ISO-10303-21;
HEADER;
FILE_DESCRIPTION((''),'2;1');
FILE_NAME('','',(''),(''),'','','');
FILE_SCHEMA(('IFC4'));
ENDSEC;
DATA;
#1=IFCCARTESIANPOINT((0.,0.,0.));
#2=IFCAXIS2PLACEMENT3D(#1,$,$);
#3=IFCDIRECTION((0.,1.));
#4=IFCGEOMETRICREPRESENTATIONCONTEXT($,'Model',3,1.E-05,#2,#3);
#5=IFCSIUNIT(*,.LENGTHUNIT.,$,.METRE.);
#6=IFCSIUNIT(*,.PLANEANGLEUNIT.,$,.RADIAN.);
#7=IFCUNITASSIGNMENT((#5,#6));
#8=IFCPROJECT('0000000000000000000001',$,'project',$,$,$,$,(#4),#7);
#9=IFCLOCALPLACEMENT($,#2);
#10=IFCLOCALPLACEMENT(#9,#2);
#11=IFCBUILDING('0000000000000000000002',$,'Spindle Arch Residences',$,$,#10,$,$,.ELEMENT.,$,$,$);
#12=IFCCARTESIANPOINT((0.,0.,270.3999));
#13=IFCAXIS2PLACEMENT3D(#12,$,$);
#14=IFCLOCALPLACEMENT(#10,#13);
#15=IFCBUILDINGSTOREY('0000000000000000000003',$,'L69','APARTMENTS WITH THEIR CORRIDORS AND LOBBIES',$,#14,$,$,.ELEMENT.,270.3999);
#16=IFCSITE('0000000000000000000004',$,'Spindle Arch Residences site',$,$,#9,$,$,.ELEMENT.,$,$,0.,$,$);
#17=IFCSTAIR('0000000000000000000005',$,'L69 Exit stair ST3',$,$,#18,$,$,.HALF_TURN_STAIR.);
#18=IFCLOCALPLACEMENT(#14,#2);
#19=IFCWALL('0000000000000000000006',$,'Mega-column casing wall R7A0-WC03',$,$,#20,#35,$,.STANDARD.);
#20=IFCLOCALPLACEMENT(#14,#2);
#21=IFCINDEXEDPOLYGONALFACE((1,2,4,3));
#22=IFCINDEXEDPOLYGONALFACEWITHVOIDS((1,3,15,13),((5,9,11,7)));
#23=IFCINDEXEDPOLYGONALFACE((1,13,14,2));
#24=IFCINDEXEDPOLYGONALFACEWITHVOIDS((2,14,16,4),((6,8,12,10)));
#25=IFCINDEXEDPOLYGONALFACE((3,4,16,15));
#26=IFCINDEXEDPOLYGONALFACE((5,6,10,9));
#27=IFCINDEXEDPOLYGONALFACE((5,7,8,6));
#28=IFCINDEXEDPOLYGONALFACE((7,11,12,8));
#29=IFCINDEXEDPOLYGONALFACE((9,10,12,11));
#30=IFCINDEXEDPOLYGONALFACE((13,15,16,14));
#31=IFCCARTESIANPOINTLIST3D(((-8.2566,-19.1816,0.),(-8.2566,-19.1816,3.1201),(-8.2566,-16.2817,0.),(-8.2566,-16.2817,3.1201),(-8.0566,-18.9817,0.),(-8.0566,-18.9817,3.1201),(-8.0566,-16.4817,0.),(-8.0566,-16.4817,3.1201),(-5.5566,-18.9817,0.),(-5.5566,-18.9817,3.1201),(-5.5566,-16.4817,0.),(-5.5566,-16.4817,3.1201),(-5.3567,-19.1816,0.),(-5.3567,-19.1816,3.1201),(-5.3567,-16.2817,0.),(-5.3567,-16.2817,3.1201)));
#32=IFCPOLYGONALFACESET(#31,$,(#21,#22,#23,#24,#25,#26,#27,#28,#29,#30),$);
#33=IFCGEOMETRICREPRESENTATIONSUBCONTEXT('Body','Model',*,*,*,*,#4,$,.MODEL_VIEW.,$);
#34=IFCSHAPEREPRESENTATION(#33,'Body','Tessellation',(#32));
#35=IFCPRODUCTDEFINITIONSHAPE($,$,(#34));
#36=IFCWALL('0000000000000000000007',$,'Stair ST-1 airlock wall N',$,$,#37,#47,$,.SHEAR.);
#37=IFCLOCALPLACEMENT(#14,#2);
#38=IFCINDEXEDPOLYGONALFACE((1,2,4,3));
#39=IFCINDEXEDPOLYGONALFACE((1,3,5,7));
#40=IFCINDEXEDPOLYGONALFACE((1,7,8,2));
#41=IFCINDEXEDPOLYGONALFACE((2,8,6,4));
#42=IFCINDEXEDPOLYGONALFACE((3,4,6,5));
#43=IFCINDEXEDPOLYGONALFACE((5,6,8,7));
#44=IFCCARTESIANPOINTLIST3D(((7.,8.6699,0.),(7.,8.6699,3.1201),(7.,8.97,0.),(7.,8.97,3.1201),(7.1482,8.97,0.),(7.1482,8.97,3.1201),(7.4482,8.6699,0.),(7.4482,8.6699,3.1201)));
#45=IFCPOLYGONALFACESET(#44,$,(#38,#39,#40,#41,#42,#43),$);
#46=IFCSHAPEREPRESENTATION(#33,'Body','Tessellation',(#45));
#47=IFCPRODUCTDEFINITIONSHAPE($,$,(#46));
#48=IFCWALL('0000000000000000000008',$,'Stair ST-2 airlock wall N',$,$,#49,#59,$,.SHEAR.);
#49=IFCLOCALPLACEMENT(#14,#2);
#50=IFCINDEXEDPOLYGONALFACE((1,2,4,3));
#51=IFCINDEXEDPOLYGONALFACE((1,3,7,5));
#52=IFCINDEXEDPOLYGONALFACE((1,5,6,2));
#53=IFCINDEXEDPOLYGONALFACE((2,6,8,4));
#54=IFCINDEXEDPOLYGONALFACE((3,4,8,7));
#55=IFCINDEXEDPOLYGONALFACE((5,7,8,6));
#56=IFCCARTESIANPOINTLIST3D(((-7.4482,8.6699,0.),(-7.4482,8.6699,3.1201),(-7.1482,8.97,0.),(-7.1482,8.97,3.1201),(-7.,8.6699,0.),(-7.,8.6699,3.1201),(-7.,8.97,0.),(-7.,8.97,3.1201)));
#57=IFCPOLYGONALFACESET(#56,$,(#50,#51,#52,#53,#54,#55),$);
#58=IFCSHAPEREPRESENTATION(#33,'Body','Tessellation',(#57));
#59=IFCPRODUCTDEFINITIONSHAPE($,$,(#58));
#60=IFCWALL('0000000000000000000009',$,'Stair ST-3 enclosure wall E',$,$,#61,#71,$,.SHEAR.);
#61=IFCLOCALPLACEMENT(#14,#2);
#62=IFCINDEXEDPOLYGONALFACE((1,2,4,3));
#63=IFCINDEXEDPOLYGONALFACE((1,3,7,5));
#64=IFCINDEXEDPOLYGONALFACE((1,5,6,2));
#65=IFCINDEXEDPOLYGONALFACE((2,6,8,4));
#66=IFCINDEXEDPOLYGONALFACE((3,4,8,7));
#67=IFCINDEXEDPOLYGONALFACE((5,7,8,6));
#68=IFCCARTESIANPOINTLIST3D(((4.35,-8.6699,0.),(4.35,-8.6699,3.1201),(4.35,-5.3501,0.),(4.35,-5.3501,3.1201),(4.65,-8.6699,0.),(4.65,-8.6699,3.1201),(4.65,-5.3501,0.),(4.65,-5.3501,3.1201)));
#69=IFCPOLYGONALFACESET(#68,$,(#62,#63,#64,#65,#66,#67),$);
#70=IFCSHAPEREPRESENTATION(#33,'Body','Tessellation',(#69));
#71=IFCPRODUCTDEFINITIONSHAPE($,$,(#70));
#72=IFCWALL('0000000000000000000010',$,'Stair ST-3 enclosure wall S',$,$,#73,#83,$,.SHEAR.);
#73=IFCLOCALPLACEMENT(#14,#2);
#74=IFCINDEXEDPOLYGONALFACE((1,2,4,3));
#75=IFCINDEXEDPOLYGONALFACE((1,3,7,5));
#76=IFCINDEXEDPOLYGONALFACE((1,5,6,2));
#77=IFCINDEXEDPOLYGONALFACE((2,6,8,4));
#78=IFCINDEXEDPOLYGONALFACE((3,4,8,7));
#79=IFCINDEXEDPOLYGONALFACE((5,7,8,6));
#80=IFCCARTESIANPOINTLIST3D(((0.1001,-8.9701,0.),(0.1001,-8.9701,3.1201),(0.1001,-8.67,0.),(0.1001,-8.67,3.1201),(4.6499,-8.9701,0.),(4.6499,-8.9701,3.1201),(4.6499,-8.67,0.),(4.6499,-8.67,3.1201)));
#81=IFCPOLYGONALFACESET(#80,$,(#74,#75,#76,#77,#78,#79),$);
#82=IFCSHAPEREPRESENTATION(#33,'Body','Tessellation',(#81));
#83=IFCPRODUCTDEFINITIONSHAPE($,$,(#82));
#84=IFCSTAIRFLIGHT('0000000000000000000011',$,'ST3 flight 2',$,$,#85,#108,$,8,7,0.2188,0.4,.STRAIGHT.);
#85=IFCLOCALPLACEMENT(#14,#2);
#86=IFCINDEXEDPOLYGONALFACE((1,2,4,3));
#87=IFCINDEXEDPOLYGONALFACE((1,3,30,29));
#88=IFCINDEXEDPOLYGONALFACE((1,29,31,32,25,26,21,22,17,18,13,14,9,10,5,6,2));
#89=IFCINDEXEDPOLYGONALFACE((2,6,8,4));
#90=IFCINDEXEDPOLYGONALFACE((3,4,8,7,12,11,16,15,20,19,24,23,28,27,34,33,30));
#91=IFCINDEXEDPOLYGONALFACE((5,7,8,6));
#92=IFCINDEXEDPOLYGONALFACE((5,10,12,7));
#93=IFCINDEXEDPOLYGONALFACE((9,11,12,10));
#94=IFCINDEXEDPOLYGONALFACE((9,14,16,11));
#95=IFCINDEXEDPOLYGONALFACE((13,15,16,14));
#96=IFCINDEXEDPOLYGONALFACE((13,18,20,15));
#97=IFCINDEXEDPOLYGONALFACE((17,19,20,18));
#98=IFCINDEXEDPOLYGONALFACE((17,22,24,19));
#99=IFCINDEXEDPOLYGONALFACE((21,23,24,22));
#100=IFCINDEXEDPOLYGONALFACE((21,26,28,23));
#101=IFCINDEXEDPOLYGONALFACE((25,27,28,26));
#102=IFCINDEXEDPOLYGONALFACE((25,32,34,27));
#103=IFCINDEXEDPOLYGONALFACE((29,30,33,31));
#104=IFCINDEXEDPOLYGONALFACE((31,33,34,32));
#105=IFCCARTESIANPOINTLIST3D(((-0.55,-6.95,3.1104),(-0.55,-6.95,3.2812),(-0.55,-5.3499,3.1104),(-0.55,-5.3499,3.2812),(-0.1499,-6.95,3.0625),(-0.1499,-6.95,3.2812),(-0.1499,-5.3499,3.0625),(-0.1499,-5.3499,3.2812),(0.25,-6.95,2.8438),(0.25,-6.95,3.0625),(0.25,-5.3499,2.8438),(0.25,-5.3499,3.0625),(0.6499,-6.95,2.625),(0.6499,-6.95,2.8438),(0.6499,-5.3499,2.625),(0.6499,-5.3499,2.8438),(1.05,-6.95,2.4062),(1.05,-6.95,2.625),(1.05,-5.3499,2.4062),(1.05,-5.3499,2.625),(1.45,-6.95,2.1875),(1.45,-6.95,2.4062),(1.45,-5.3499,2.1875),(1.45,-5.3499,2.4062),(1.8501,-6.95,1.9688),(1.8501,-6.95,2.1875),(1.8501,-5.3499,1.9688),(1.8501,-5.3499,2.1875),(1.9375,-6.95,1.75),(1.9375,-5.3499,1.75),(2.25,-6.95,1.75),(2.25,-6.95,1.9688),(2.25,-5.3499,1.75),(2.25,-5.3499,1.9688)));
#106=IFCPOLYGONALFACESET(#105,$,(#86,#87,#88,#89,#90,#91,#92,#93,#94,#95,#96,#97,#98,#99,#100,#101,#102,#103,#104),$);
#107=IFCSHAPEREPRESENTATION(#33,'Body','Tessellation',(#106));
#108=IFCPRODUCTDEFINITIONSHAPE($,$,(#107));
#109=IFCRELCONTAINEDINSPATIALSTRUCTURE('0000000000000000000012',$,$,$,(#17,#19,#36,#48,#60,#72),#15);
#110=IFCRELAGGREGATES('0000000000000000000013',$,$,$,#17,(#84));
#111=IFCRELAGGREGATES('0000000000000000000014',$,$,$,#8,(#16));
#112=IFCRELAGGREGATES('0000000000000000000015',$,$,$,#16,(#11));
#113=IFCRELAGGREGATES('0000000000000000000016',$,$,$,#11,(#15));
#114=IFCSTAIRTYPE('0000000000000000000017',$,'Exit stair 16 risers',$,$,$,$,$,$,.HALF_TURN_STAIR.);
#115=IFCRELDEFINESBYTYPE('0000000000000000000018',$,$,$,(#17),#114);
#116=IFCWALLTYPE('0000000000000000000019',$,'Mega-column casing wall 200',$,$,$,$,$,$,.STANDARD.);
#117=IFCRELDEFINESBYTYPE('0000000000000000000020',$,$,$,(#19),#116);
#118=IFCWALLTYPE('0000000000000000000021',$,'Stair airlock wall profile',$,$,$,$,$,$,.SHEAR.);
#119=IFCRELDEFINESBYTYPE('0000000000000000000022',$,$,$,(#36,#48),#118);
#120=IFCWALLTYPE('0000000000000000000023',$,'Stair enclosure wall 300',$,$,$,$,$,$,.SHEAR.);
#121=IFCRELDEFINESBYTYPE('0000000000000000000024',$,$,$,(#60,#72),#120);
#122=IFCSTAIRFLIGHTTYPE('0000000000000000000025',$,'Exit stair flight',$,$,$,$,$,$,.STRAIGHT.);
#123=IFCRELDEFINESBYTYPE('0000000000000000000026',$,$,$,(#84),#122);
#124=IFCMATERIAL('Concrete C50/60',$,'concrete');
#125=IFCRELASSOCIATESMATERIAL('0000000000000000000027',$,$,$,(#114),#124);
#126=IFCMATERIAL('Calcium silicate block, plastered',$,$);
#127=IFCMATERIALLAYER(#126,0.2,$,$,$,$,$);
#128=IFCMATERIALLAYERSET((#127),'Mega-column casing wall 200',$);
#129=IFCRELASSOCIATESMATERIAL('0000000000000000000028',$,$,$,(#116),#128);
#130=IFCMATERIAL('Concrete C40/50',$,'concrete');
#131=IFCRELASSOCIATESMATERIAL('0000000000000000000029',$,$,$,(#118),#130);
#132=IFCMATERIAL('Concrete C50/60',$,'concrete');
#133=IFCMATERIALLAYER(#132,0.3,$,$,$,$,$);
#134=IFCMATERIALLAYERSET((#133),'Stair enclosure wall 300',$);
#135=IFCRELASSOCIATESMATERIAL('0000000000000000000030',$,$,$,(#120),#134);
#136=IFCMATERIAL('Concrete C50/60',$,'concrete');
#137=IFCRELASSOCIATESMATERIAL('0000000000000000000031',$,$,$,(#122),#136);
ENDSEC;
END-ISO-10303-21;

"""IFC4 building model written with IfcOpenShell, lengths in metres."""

from ifc_helpers import new_model, si_unit, direction, frame, frame_2d, origin, place, context, subcontext, project, spatial, polyline, rectangle, outline, extrude, material, layer, layer_set, type_object, element, aggregate, save


model = new_model("IFC4")

# Units and contexts
model_context = context("Model", 3, precision=1e-05, world=origin(), true_north=direction((0.0, 1.0)))
body_context = subcontext(model_context, "Body", "Model", "MODEL_VIEW")
ifc_project = project(units=[si_unit("LENGTHUNIT", "METRE"), si_unit("PLANEANGLEUNIT", "RADIAN")], contexts=[model_context])

# Site, building, storey
site_placement = place(None, origin())
site = spatial("IfcSite", under=ifc_project, at=site_placement, Name="Spindle Arch Residences site", CompositionType="ELEMENT", RefElevation=0.0)
building_placement = place(site_placement, origin())
building = spatial("IfcBuilding", under=site, at=building_placement, Name="Spindle Arch Residences", CompositionType="ELEMENT")
storey_placement = place(building_placement, frame((0.0, 0.0, 270.3999)))
storey = spatial("IfcBuildingStorey", under=building, at=storey_placement, Name="L69", Description="APARTMENTS WITH THEIR CORRIDORS AND LOBBIES", CompositionType="ELEMENT", Elevation=270.3999)

# Stair
ifc_material_1 = material(Name="Concrete C50/60", Category="concrete")
stair_type = type_object("IfcStairType", Name="Exit stair 16 risers", PredefinedType="HALF_TURN_STAIR", material=ifc_material_1)
stair_1_placement = place(storey_placement, origin())
stair_1 = element("IfcStair", 1, at=stair_1_placement, inside=storey, type_object=stair_type, Name="L69 Exit stair ST3", PredefinedType="HALF_TURN_STAIR")

# Walls
ifc_material_2 = material(Name="Calcium silicate block, plastered")
ifc_layer_1 = layer(ifc_material_2, 0.2)
ifc_layer_set_1 = layer_set([ifc_layer_1], Name="Mega-column casing wall 200")
wall_type_1 = type_object("IfcWallType", Name="Mega-column casing wall 200", PredefinedType="STANDARD", material=ifc_layer_set_1)
wall_1_placement = place(storey_placement, origin())
element("IfcWall", 2, at=wall_1_placement, inside=storey, type_object=wall_type_1, Name="Mega-column casing wall R7A0-WC03", PredefinedType="STANDARD", context=body_context, shape_type="SweptSolid", body=[
    extrude(outline(polyline([(-5.3567, -16.2817), (-5.3567, -19.1816), (-8.2566, -19.1816), (-8.2566, -16.2817), (-5.3567, -16.2817)]), holes=[polyline([(-8.0566, -18.9817), (-5.5566, -18.9817), (-5.5566, -16.4817), (-8.0566, -16.4817), (-8.0566, -18.9817)])]), origin(), (0.0, 0.0, 1.0), 3.1201),
])
ifc_material_3 = material(Name="Concrete C40/50", Category="concrete")
wall_type_2 = type_object("IfcWallType", Name="Stair airlock wall profile", PredefinedType="SHEAR", material=ifc_material_3)
wall_2_placement = place(storey_placement, origin())
element("IfcWall", 3, at=wall_2_placement, inside=storey, type_object=wall_type_2, Name="Stair ST-1 airlock wall N", PredefinedType="SHEAR", context=body_context, shape_type="SweptSolid", body=[
    extrude(outline(polyline([(7.4482, 8.6699), (7.0, 8.6699), (7.0, 8.97), (7.1482, 8.97), (7.4482, 8.6699)])), origin(), (0.0, 0.0, 1.0), 3.1201),
])
wall_3_placement = place(storey_placement, origin())
element("IfcWall", 4, at=wall_3_placement, inside=storey, type_object=wall_type_2, Name="Stair ST-2 airlock wall N", PredefinedType="SHEAR", context=body_context, shape_type="SweptSolid", body=[
    extrude(outline(polyline([(-7.1482, 8.97), (-7.0, 8.97), (-7.0, 8.6699), (-7.4482, 8.6699), (-7.1482, 8.97)])), origin(), (0.0, 0.0, 1.0), 3.1201),
])
ifc_material_4 = material(Name="Concrete C50/60", Category="concrete")
ifc_layer_2 = layer(ifc_material_4, 0.3)
ifc_layer_set_2 = layer_set([ifc_layer_2], Name="Stair enclosure wall 300")
wall_type_3 = type_object("IfcWallType", Name="Stair enclosure wall 300", PredefinedType="SHEAR", material=ifc_layer_set_2)
wall_4_placement = place(storey_placement, frame((4.5, -8.6699, 0.0), z_axis=(0.0, 0.0, 1.0), x_axis=(0.0, 1.0, 0.0)))
element("IfcWall", 5, at=wall_4_placement, inside=storey, type_object=wall_type_3, Name="Stair ST-3 enclosure wall E", PredefinedType="SHEAR", context=body_context, shape_type="SweptSolid", body=[
    extrude(rectangle(XDim=3.3198, YDim=0.3, at=frame_2d((1.6599, 0.0))), origin(), (0.0, 0.0, 1.0), 3.1201),
])
wall_5_placement = place(storey_placement, frame((0.1001, -8.8201, 0.0), z_axis=(0.0, 0.0, 1.0), x_axis=(1.0, 0.0, 0.0)))
element("IfcWall", 6, at=wall_5_placement, inside=storey, type_object=wall_type_3, Name="Stair ST-3 enclosure wall S", PredefinedType="SHEAR", context=body_context, shape_type="SweptSolid", body=[
    extrude(rectangle(XDim=4.5498, YDim=0.3, at=frame_2d((2.2749, 0.0))), origin(), (0.0, 0.0, 1.0), 3.1201),
])

# Stair flight
ifc_material_5 = material(Name="Concrete C50/60", Category="concrete")
stair_flight_type = type_object("IfcStairFlightType", Name="Exit stair flight", PredefinedType="STRAIGHT", material=ifc_material_5)
stair_flight_placement = place(storey_placement, frame((2.25, -6.1499, 1.75), z_axis=(0.0, 0.0, 1.0), x_axis=(-1.0, 0.0, 0.0)))
stair_flight = element("IfcStairFlight", 7, at=stair_flight_placement, type_object=stair_flight_type, Name="ST3 flight 2", NumberOfRisers=8, NumberOfTreads=7, PredefinedType="STRAIGHT", RiserHeight=0.2188, TreadLength=0.4, context=body_context, shape_type="SweptSolid", body=[
    extrude(outline(polyline([(0.0, 0.0), (0.0, 0.2188), (0.3999, 0.2188), (0.3999, 0.4375), (0.8, 0.4375), (0.8, 0.6562), (1.2, 0.6562), (1.2, 0.875), (1.6001, 0.875), (1.6001, 1.0938), (2.0, 1.0938), (2.0, 1.3125), (2.3999, 1.3125), (2.3999, 1.5312), (2.8, 1.5312), (2.8, 1.75), (2.8, 1.3604), (0.3125, 0.0), (0.0, 0.0)])), frame((0.0, 0.8, 0.0), z_axis=(0.0, -1.0, 0.0), x_axis=(1.0, 0.0, 0.0)), (0.0, 0.0, 1.0), 1.6001),
])
aggregate(stair_1, [stair_flight])

save(model, "model.ifc")
